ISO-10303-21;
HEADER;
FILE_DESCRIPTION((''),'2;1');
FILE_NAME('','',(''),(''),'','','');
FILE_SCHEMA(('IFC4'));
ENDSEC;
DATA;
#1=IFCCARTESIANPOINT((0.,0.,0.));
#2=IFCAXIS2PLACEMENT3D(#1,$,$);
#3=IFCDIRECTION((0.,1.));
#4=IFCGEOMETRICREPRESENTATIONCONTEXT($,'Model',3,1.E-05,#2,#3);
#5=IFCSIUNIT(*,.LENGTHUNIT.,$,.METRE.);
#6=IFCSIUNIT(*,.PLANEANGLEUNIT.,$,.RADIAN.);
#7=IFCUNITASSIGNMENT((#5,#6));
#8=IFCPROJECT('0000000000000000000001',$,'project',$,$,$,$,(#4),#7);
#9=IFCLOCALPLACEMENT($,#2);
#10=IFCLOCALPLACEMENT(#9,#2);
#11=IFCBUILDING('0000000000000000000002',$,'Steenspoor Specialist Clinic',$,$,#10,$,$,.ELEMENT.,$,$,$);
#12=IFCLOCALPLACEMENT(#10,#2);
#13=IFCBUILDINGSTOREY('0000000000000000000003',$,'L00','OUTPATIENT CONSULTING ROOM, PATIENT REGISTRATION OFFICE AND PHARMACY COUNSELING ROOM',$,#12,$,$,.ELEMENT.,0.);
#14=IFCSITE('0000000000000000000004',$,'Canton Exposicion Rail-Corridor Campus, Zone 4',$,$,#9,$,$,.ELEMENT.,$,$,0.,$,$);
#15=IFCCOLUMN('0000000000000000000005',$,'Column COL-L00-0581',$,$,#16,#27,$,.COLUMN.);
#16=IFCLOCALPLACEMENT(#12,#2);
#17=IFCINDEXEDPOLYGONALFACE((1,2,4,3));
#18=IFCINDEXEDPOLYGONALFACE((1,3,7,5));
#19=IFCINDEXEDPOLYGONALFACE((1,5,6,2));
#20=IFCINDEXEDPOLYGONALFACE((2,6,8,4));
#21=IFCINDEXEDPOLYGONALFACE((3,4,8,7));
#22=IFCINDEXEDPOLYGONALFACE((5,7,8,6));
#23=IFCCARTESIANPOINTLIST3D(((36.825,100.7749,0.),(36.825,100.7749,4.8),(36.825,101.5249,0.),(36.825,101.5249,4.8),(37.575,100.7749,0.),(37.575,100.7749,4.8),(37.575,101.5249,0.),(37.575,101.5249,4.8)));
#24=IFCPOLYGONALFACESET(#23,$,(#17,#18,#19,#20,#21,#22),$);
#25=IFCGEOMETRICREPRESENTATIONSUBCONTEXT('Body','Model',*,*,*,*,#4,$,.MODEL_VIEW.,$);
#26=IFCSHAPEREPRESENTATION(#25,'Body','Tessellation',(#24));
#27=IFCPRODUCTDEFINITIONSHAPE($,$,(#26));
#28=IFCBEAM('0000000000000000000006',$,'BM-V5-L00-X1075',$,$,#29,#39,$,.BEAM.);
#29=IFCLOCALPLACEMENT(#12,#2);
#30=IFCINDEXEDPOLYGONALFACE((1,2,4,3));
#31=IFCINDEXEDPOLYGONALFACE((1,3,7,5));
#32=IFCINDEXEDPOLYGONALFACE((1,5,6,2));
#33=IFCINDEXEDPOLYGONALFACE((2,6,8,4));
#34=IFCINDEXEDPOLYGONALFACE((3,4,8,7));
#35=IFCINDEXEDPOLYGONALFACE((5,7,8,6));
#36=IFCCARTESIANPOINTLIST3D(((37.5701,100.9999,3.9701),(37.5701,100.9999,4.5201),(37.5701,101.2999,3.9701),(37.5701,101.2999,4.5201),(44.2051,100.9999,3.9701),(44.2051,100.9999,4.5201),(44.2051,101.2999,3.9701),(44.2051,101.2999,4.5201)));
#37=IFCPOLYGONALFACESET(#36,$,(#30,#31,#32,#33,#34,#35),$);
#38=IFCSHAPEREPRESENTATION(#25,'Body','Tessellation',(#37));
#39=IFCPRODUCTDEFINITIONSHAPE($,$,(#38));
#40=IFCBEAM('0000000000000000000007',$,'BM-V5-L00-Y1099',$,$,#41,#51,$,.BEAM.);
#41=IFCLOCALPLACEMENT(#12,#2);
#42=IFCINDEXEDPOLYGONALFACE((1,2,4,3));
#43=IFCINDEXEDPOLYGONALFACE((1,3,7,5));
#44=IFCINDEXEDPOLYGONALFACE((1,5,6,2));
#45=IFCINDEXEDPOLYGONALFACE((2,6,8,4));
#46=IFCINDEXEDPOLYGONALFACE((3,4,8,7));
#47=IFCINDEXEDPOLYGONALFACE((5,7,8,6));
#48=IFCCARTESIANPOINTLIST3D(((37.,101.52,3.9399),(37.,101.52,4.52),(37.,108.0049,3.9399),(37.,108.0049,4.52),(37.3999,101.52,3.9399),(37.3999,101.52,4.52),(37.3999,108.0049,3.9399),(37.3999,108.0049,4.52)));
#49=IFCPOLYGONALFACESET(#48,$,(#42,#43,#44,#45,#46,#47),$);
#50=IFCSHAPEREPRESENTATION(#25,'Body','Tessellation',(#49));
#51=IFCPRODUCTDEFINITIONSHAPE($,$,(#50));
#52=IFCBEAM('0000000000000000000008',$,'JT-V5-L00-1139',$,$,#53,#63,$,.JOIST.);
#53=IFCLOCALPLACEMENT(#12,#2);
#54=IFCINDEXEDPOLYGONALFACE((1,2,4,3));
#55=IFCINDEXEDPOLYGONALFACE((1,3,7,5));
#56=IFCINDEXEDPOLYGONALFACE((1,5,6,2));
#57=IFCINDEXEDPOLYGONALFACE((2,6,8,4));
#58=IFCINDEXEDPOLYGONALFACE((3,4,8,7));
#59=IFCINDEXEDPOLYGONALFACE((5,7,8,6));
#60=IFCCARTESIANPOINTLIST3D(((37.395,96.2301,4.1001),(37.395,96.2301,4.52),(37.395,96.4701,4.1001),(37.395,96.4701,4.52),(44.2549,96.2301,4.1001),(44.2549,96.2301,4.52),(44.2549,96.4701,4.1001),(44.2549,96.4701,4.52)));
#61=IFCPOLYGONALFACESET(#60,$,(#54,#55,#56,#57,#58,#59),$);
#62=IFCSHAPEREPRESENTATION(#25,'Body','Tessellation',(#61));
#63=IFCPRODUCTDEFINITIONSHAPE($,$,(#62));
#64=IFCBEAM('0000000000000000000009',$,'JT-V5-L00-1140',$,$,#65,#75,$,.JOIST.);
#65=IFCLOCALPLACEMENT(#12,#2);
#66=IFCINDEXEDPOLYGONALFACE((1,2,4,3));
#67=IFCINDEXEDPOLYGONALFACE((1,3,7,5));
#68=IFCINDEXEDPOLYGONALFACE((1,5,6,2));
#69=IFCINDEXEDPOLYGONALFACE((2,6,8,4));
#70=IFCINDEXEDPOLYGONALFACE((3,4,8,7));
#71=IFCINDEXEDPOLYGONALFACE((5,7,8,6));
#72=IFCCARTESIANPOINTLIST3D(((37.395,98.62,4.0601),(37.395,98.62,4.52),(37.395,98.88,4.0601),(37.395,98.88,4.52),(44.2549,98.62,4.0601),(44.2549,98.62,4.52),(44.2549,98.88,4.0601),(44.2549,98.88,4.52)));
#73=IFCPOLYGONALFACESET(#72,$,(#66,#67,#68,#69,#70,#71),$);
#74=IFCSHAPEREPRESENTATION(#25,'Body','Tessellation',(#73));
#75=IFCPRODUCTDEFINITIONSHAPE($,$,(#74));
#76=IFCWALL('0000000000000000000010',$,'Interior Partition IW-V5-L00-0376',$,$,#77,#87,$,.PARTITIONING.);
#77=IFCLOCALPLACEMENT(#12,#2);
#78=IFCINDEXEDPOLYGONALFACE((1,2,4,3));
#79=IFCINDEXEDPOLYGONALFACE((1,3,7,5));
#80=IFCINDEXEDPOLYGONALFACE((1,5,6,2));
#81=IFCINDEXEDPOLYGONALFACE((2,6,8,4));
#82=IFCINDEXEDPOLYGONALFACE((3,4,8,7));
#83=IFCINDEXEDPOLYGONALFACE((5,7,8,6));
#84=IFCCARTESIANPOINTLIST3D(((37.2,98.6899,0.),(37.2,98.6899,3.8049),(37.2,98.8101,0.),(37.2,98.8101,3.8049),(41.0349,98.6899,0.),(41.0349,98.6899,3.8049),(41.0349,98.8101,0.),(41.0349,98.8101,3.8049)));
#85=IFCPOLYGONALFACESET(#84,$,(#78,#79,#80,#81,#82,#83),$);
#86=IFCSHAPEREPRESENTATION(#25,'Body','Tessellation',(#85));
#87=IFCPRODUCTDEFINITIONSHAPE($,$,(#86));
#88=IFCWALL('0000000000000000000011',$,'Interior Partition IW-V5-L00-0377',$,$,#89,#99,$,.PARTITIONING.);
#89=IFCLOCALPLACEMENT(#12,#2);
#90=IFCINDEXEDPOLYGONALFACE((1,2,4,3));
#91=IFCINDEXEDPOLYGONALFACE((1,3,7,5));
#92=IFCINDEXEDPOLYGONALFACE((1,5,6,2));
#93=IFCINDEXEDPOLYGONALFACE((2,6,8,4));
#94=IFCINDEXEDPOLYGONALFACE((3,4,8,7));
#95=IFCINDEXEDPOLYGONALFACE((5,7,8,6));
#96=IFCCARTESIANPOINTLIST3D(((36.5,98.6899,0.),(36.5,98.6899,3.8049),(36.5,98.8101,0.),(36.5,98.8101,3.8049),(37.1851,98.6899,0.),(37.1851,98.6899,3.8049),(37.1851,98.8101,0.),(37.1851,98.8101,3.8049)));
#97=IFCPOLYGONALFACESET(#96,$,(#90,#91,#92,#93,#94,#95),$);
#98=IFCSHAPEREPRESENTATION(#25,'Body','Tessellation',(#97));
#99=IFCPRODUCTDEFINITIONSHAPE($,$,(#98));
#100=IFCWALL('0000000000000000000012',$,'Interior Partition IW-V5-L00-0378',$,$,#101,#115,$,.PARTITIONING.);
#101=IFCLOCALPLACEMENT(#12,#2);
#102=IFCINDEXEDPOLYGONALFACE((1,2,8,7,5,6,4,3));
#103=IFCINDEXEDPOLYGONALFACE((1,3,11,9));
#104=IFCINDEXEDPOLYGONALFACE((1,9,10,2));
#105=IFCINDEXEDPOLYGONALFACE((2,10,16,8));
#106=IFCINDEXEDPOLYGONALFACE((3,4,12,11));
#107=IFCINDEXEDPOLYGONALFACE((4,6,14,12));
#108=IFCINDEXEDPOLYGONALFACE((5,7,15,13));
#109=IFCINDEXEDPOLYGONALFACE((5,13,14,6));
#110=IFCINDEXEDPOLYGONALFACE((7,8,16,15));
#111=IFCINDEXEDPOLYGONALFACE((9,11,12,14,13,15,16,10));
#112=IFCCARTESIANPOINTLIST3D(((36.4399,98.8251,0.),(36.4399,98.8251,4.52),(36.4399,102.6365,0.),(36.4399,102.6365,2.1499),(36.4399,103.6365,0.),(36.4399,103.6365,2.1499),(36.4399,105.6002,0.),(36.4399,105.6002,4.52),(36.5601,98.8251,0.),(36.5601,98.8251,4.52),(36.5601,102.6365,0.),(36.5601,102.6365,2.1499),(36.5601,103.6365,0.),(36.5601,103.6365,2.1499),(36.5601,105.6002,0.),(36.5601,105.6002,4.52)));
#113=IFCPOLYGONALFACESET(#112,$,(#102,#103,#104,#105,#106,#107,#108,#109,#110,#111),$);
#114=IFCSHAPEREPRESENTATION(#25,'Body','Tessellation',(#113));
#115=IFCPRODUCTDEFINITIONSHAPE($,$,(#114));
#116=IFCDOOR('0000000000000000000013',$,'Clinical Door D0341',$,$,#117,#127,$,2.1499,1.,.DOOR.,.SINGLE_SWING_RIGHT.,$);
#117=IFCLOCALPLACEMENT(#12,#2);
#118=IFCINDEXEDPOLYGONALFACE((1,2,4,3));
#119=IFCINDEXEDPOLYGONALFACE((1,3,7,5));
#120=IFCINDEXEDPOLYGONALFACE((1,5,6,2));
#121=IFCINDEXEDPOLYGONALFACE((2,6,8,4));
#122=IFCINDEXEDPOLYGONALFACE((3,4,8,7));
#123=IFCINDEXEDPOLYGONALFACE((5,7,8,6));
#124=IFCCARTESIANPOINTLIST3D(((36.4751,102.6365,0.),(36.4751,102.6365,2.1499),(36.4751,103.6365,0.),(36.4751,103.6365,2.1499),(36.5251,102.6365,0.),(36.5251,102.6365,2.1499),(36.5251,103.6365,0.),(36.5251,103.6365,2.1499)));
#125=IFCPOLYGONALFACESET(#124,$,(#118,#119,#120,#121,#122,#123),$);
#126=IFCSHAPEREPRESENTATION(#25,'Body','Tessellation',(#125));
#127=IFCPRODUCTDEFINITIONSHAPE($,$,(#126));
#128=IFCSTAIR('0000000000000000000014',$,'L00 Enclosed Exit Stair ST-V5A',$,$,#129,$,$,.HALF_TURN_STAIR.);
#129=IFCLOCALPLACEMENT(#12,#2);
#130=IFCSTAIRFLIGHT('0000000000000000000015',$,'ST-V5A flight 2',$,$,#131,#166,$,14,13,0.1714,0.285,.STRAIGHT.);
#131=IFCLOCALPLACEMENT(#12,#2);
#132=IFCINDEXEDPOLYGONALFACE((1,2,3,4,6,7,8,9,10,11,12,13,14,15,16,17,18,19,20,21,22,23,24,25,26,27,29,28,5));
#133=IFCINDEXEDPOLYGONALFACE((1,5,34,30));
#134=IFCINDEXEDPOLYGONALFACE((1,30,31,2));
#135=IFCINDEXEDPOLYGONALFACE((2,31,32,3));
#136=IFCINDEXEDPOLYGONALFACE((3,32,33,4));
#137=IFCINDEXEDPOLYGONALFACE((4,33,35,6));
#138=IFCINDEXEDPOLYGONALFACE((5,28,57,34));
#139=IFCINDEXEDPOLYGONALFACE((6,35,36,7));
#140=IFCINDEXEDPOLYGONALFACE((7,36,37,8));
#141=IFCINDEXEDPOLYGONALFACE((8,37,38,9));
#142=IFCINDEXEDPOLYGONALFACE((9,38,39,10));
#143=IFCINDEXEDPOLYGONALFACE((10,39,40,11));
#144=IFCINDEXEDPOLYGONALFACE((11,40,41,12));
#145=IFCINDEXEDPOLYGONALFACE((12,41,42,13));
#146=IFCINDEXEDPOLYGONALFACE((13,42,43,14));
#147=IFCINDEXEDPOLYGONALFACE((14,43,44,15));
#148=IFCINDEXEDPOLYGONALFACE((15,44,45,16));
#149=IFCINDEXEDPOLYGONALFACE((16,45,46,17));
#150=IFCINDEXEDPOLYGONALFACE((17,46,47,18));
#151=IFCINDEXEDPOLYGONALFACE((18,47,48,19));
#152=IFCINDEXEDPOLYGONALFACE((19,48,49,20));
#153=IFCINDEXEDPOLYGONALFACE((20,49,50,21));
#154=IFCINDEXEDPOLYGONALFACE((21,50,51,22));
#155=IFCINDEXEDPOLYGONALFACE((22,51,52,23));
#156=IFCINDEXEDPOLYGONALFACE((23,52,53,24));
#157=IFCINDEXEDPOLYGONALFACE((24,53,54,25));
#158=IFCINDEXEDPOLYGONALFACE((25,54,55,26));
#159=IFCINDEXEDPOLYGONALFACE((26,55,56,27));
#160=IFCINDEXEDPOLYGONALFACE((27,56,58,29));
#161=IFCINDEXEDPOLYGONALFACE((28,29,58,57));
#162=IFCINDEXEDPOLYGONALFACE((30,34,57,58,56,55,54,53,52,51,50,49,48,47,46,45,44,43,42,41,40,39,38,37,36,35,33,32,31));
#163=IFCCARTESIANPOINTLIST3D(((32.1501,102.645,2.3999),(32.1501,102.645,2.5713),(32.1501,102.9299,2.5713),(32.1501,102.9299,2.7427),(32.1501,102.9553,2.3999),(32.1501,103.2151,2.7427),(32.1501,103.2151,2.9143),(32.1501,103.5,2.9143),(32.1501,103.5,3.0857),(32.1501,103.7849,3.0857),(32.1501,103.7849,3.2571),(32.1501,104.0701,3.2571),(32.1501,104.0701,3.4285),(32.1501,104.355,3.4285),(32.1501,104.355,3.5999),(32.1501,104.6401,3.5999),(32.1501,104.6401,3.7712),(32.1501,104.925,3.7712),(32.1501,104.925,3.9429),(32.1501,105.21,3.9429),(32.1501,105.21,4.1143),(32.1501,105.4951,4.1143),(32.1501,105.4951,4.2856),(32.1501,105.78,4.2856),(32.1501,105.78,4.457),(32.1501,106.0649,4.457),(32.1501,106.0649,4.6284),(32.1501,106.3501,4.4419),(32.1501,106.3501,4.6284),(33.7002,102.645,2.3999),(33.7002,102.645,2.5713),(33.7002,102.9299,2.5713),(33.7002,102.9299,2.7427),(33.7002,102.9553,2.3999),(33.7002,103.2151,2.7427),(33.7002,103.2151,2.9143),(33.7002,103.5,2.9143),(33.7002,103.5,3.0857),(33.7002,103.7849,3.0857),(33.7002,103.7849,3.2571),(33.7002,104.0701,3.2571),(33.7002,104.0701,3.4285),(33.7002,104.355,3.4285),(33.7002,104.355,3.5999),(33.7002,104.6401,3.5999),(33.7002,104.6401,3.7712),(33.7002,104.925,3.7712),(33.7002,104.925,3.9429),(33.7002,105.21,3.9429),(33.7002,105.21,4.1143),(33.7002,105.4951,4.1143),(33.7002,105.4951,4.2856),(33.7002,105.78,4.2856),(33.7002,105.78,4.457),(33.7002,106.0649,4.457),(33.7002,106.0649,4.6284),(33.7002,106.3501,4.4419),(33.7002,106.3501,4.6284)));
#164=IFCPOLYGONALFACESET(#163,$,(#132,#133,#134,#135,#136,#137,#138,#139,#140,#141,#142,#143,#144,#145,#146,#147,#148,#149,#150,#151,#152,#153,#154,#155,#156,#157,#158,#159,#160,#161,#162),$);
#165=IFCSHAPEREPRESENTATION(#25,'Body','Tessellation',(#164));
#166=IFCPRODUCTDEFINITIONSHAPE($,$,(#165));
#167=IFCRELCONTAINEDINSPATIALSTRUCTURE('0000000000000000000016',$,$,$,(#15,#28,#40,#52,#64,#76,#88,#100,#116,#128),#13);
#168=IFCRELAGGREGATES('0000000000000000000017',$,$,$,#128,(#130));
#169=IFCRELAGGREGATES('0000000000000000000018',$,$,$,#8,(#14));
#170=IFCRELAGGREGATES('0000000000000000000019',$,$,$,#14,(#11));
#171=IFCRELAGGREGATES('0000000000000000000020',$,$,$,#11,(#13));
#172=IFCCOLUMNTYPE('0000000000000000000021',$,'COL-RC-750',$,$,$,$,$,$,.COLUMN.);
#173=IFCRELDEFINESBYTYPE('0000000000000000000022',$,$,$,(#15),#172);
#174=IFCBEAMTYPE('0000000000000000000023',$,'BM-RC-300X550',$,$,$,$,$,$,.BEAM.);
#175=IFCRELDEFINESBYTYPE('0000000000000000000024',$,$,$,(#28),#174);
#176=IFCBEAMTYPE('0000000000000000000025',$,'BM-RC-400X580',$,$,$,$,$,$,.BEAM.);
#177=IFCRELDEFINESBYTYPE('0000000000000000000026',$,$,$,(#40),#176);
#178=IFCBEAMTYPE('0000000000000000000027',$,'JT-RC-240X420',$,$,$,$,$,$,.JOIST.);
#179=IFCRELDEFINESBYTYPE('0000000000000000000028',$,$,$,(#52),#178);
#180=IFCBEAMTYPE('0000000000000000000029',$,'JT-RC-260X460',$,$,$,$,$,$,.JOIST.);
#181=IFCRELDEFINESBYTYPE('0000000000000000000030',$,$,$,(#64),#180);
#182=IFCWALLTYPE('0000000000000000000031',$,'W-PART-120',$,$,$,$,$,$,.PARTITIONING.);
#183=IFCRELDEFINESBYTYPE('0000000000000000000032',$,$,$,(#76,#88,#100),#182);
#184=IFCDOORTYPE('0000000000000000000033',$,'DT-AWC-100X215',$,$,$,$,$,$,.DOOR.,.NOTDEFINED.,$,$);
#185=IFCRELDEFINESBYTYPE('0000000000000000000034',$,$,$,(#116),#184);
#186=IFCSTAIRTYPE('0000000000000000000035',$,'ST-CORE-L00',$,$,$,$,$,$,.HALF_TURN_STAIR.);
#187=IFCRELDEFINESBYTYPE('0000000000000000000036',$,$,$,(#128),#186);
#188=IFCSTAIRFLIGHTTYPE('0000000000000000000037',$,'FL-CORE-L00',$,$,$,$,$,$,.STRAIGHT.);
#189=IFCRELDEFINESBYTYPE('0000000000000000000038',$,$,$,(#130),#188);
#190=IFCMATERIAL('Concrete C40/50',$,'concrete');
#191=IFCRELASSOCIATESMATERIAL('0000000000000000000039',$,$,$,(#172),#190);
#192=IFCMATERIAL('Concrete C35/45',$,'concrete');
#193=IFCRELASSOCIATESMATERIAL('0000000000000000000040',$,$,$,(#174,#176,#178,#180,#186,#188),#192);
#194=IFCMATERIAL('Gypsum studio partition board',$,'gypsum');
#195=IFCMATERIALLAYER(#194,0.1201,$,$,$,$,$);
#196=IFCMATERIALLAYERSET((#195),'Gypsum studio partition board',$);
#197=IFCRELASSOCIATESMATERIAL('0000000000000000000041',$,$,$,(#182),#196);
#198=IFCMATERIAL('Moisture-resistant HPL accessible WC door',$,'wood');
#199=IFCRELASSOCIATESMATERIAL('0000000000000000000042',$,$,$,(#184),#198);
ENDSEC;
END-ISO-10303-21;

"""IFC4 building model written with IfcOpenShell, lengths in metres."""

from ifc_helpers import new_model, si_unit, direction, frame, frame_2d, origin, origin_2d, place, context, subcontext, project, spatial, polyline, rectangle, outline, extrude, material, layer, layer_set, material_profile, profile_set, type_object, element, fill, aggregate, save


model = new_model("IFC4")

# Units and contexts
model_context = context("Model", 3, precision=1e-05, world=origin(), true_north=direction((0.0, 1.0)))
body_context = subcontext(model_context, "Body", "Model", "MODEL_VIEW")
ifc_project = project(units=[si_unit("LENGTHUNIT", "METRE"), si_unit("PLANEANGLEUNIT", "RADIAN")], contexts=[model_context])

# Site, building, storey
site_placement = place(None, origin())
site = spatial("IfcSite", under=ifc_project, at=site_placement, Name="Canton Exposicion Rail-Corridor Campus, Zone 4", CompositionType="ELEMENT", RefElevation=0.0)
building_placement = place(site_placement, origin())
building = spatial("IfcBuilding", under=site, at=building_placement, Name="Steenspoor Specialist Clinic", CompositionType="ELEMENT")
storey_placement = place(building_placement, origin())
storey = spatial("IfcBuildingStorey", under=building, at=storey_placement, Name="L00", Description="OUTPATIENT CONSULTING ROOM, PATIENT REGISTRATION OFFICE AND PHARMACY COUNSELING ROOM", CompositionType="ELEMENT", Elevation=0.0)

# Shared definitions
ifc_material_1 = material(Name="Concrete C35/45", Category="concrete")

# Column
ifc_material_2 = material(Name="Concrete C40/50", Category="concrete")
ifc_material_profile_1 = material_profile(ifc_material_2, rectangle(XDim=0.75, YDim=0.75, at=origin_2d()), Name="RC-COL-750X750")
ifc_profile_set_1 = profile_set([ifc_material_profile_1], Name="Concrete C40/50")
column_type = type_object("IfcColumnType", Name="COL-RC-750", PredefinedType="COLUMN", material=ifc_profile_set_1)
column_placement = place(storey_placement, frame((37.2, 101.1499, 0.0), z_axis=(0.0, 0.0, 1.0), x_axis=(1.0, 0.0, 0.0)))
element("IfcColumn", 1, at=column_placement, inside=storey, type_object=column_type, Name="Column COL-L00-0581", PredefinedType="COLUMN", context=body_context, shape_type="SweptSolid", body=[
    extrude(rectangle(XDim=0.75, YDim=0.75, at=origin_2d()), origin(), (0.0, 0.0, 1.0), 4.8),
])

# Beams
ifc_material_profile_2 = material_profile(ifc_material_1, rectangle(XDim=0.3, YDim=0.55, at=origin_2d()), Name="RC-BM-300X550")
ifc_profile_set_2 = profile_set([ifc_material_profile_2], Name="Concrete C35/45")
beam_type_1 = type_object("IfcBeamType", Name="BM-RC-300X550", PredefinedType="BEAM", material=ifc_profile_set_2)
beam_1_placement = place(storey_placement, frame((37.5701, 101.1499, 4.2451), z_axis=(1.0, 0.0, 0.0), x_axis=(0.0, 1.0, 0.0)))
element("IfcBeam", 2, at=beam_1_placement, inside=storey, type_object=beam_type_1, Name="BM-V5-L00-X1075", PredefinedType="BEAM", context=body_context, shape_type="SweptSolid", body=[
    extrude(rectangle(XDim=0.3, YDim=0.55, at=origin_2d()), origin(), (0.0, 0.0, 1.0), 6.635),
])
ifc_material_profile_3 = material_profile(ifc_material_1, rectangle(XDim=0.3999, YDim=0.5801, at=origin_2d()), Name="RC-BM-400X580")
ifc_profile_set_3 = profile_set([ifc_material_profile_3], Name="Concrete C35/45")
beam_type_2 = type_object("IfcBeamType", Name="BM-RC-400X580", PredefinedType="BEAM", material=ifc_profile_set_3)
beam_2_placement = place(storey_placement, frame((37.2, 101.52, 4.23), z_axis=(0.0, 1.0, 0.0), x_axis=(-1.0, 0.0, 0.0)))
element("IfcBeam", 3, at=beam_2_placement, inside=storey, type_object=beam_type_2, Name="BM-V5-L00-Y1099", PredefinedType="BEAM", context=body_context, shape_type="SweptSolid", body=[
    extrude(rectangle(XDim=0.3999, YDim=0.5801, at=origin_2d()), origin(), (0.0, 0.0, 1.0), 6.4849),
])
ifc_material_profile_4 = material_profile(ifc_material_1, rectangle(XDim=0.24, YDim=0.4199, at=origin_2d()), Name="RC-JT-240X420")
ifc_profile_set_4 = profile_set([ifc_material_profile_4], Name="Concrete C35/45")
beam_type_3 = type_object("IfcBeamType", Name="JT-RC-240X420", PredefinedType="JOIST", material=ifc_profile_set_4)
beam_3_placement = place(storey_placement, frame((37.395, 96.3501, 4.3101), z_axis=(1.0, 0.0, 0.0), x_axis=(0.0, 1.0, 0.0)))
element("IfcBeam", 4, at=beam_3_placement, inside=storey, type_object=beam_type_3, Name="JT-V5-L00-1139", PredefinedType="JOIST", context=body_context, shape_type="SweptSolid", body=[
    extrude(rectangle(XDim=0.24, YDim=0.4199, at=origin_2d()), origin(), (0.0, 0.0, 1.0), 6.8599),
])
ifc_material_profile_5 = material_profile(ifc_material_1, rectangle(XDim=0.26, YDim=0.46, at=origin_2d()), Name="RC-JT-260X460")
ifc_profile_set_5 = profile_set([ifc_material_profile_5], Name="Concrete C35/45")
beam_type_4 = type_object("IfcBeamType", Name="JT-RC-260X460", PredefinedType="JOIST", material=ifc_profile_set_5)
beam_4_placement = place(storey_placement, frame((37.395, 98.75, 4.29), z_axis=(1.0, 0.0, 0.0), x_axis=(0.0, 1.0, 0.0)))
element("IfcBeam", 5, at=beam_4_placement, inside=storey, type_object=beam_type_4, Name="JT-V5-L00-1140", PredefinedType="JOIST", context=body_context, shape_type="SweptSolid", body=[
    extrude(rectangle(XDim=0.26, YDim=0.46, at=origin_2d()), origin(), (0.0, 0.0, 1.0), 6.8599),
])

# Walls
ifc_material_3 = material(Name="Gypsum studio partition board", Category="gypsum")
ifc_layer_1 = layer(ifc_material_3, 0.1201)
ifc_layer_set_1 = layer_set([ifc_layer_1], Name="Gypsum studio partition board")
wall_type_1 = type_object("IfcWallType", Name="W-PART-120", PredefinedType="PARTITIONING", material=ifc_layer_set_1)
wall_1_placement = place(storey_placement, frame((37.2, 98.75, 0.0), z_axis=(0.0, 0.0, 1.0), x_axis=(1.0, 0.0, 0.0)))
element("IfcWall", 6, at=wall_1_placement, inside=storey, type_object=wall_type_1, Name="Interior Partition IW-V5-L00-0376", PredefinedType="PARTITIONING", context=body_context, shape_type="SweptSolid", body=[
    extrude(rectangle(XDim=3.835, YDim=0.1201, at=frame_2d((1.9175, 0.0))), origin(), (0.0, 0.0, 1.0), 3.8049),
])
wall_2_placement = place(storey_placement, frame((36.5, 98.75, 0.0), z_axis=(0.0, 0.0, 1.0), x_axis=(1.0, 0.0, 0.0)))
element("IfcWall", 7, at=wall_2_placement, inside=storey, type_object=wall_type_1, Name="Interior Partition IW-V5-L00-0377", PredefinedType="PARTITIONING", context=body_context, shape_type="SweptSolid", body=[
    extrude(rectangle(XDim=0.6851, YDim=0.1201, at=frame_2d((0.3425, 0.0))), origin(), (0.0, 0.0, 1.0), 3.8049),
])

# Wall, opening, door
wall_3_placement = place(storey_placement, frame((36.5, 98.825, 0.0), z_axis=(0.0, 0.0, 1.0), x_axis=(0.0, 1.0, 0.0)))
wall_3 = element("IfcWall", 8, at=wall_3_placement, inside=storey, type_object=wall_type_1, Name="Interior Partition IW-V5-L00-0378", PredefinedType="PARTITIONING", context=body_context, shape_type="SweptSolid", body=[
    extrude(rectangle(XDim=6.7751, YDim=0.1201, at=frame_2d((3.3877, 0.0))), origin(), (0.0, 0.0, 1.0), 4.52),
])
opening_1_placement = place(wall_3_placement, frame((3.8115, 0.0, 0.0)))
opening_1 = element("IfcOpeningElement", 9, at=opening_1_placement, cuts=wall_3, PredefinedType="OPENING", context=body_context, shape_type="SweptSolid", body=[
    extrude(rectangle(XDim=1.0, YDim=2.1499, at=frame_2d((0.5, 1.075))), frame((0.0, 0.0701, 0.0), z_axis=(0.0, -1.0, 0.0), x_axis=(1.0, 0.0, 0.0)), (0.0, 0.0, 1.0), 0.1401),
])
ifc_material_4 = material(Name="Moisture-resistant HPL accessible WC door", Category="wood")
door_type_1 = type_object("IfcDoorType", Name="DT-AWC-100X215", OperationType="NOTDEFINED", PredefinedType="DOOR", material=ifc_material_4)
door_1_placement = place(opening_1_placement, origin())
door_1 = element("IfcDoor", 10, at=door_1_placement, inside=storey, type_object=door_type_1, Name="Clinical Door D0341", OperationType="SINGLE_SWING_RIGHT", OverallHeight=2.1499, OverallWidth=1.0, PredefinedType="DOOR", context=body_context, shape_type="SweptSolid", body=[
    extrude(rectangle(XDim=1.0, YDim=2.1499, at=frame_2d((0.5, 1.075))), frame((0.0, 0.0249, 0.0), z_axis=(0.0, -1.0, 0.0), x_axis=(1.0, 0.0, 0.0)), (0.0, 0.0, 1.0), 0.05),
])
fill(opening_1, door_1)

# Stair, stair flight
stair_type = type_object("IfcStairType", Name="ST-CORE-L00", PredefinedType="HALF_TURN_STAIR", material=ifc_material_1)
stair_placement = place(storey_placement, origin())
stair = element("IfcStair", 11, at=stair_placement, inside=storey, type_object=stair_type, Name="L00 Enclosed Exit Stair ST-V5A", PredefinedType="HALF_TURN_STAIR")
stair_flight_type = type_object("IfcStairFlightType", Name="FL-CORE-L00", PredefinedType="STRAIGHT", material=ifc_material_1)
stair_flight_placement = place(storey_placement, frame((32.925, 102.645, 2.3999), z_axis=(0.0, 0.0, 1.0), x_axis=(0.0, 1.0, 0.0)))
stair_flight = element("IfcStairFlight", 12, at=stair_flight_placement, type_object=stair_flight_type, Name="ST-V5A flight 2", NumberOfRisers=14, NumberOfTreads=13, PredefinedType="STRAIGHT", RiserHeight=0.1714, TreadLength=0.285, context=body_context, shape_type="SweptSolid", body=[
    extrude(outline(polyline([(0.0, 0.0), (0.0, 0.1714), (0.2849, 0.1714), (0.2849, 0.3428), (0.5701, 0.3428), (0.5701, 0.5144), (0.855, 0.5144), (0.855, 0.6858), (1.1399, 0.6858), (1.1399, 0.8572), (1.425, 0.8572), (1.425, 1.0286), (1.71, 1.0286), (1.71, 1.2), (1.9951, 1.2), (1.9951, 1.3713), (2.28, 1.3713), (2.28, 1.543), (2.5649, 1.543), (2.5649, 1.7144), (2.8501, 1.7144), (2.8501, 1.8857), (3.135, 1.8857), (3.135, 2.0571), (3.4199, 2.0571), (3.4199, 2.2285), (3.7051, 2.2285), (3.7051, 2.3999), (3.7051, 2.042), (0.3103, 0.0), (0.0, 0.0)])), frame((0.0, 0.7749, 0.0), z_axis=(0.0, -1.0, 0.0), x_axis=(1.0, 0.0, 0.0)), (0.0, 0.0, 1.0), 1.55),
])
aggregate(stair, [stair_flight])

save(model, "model.ifc")
